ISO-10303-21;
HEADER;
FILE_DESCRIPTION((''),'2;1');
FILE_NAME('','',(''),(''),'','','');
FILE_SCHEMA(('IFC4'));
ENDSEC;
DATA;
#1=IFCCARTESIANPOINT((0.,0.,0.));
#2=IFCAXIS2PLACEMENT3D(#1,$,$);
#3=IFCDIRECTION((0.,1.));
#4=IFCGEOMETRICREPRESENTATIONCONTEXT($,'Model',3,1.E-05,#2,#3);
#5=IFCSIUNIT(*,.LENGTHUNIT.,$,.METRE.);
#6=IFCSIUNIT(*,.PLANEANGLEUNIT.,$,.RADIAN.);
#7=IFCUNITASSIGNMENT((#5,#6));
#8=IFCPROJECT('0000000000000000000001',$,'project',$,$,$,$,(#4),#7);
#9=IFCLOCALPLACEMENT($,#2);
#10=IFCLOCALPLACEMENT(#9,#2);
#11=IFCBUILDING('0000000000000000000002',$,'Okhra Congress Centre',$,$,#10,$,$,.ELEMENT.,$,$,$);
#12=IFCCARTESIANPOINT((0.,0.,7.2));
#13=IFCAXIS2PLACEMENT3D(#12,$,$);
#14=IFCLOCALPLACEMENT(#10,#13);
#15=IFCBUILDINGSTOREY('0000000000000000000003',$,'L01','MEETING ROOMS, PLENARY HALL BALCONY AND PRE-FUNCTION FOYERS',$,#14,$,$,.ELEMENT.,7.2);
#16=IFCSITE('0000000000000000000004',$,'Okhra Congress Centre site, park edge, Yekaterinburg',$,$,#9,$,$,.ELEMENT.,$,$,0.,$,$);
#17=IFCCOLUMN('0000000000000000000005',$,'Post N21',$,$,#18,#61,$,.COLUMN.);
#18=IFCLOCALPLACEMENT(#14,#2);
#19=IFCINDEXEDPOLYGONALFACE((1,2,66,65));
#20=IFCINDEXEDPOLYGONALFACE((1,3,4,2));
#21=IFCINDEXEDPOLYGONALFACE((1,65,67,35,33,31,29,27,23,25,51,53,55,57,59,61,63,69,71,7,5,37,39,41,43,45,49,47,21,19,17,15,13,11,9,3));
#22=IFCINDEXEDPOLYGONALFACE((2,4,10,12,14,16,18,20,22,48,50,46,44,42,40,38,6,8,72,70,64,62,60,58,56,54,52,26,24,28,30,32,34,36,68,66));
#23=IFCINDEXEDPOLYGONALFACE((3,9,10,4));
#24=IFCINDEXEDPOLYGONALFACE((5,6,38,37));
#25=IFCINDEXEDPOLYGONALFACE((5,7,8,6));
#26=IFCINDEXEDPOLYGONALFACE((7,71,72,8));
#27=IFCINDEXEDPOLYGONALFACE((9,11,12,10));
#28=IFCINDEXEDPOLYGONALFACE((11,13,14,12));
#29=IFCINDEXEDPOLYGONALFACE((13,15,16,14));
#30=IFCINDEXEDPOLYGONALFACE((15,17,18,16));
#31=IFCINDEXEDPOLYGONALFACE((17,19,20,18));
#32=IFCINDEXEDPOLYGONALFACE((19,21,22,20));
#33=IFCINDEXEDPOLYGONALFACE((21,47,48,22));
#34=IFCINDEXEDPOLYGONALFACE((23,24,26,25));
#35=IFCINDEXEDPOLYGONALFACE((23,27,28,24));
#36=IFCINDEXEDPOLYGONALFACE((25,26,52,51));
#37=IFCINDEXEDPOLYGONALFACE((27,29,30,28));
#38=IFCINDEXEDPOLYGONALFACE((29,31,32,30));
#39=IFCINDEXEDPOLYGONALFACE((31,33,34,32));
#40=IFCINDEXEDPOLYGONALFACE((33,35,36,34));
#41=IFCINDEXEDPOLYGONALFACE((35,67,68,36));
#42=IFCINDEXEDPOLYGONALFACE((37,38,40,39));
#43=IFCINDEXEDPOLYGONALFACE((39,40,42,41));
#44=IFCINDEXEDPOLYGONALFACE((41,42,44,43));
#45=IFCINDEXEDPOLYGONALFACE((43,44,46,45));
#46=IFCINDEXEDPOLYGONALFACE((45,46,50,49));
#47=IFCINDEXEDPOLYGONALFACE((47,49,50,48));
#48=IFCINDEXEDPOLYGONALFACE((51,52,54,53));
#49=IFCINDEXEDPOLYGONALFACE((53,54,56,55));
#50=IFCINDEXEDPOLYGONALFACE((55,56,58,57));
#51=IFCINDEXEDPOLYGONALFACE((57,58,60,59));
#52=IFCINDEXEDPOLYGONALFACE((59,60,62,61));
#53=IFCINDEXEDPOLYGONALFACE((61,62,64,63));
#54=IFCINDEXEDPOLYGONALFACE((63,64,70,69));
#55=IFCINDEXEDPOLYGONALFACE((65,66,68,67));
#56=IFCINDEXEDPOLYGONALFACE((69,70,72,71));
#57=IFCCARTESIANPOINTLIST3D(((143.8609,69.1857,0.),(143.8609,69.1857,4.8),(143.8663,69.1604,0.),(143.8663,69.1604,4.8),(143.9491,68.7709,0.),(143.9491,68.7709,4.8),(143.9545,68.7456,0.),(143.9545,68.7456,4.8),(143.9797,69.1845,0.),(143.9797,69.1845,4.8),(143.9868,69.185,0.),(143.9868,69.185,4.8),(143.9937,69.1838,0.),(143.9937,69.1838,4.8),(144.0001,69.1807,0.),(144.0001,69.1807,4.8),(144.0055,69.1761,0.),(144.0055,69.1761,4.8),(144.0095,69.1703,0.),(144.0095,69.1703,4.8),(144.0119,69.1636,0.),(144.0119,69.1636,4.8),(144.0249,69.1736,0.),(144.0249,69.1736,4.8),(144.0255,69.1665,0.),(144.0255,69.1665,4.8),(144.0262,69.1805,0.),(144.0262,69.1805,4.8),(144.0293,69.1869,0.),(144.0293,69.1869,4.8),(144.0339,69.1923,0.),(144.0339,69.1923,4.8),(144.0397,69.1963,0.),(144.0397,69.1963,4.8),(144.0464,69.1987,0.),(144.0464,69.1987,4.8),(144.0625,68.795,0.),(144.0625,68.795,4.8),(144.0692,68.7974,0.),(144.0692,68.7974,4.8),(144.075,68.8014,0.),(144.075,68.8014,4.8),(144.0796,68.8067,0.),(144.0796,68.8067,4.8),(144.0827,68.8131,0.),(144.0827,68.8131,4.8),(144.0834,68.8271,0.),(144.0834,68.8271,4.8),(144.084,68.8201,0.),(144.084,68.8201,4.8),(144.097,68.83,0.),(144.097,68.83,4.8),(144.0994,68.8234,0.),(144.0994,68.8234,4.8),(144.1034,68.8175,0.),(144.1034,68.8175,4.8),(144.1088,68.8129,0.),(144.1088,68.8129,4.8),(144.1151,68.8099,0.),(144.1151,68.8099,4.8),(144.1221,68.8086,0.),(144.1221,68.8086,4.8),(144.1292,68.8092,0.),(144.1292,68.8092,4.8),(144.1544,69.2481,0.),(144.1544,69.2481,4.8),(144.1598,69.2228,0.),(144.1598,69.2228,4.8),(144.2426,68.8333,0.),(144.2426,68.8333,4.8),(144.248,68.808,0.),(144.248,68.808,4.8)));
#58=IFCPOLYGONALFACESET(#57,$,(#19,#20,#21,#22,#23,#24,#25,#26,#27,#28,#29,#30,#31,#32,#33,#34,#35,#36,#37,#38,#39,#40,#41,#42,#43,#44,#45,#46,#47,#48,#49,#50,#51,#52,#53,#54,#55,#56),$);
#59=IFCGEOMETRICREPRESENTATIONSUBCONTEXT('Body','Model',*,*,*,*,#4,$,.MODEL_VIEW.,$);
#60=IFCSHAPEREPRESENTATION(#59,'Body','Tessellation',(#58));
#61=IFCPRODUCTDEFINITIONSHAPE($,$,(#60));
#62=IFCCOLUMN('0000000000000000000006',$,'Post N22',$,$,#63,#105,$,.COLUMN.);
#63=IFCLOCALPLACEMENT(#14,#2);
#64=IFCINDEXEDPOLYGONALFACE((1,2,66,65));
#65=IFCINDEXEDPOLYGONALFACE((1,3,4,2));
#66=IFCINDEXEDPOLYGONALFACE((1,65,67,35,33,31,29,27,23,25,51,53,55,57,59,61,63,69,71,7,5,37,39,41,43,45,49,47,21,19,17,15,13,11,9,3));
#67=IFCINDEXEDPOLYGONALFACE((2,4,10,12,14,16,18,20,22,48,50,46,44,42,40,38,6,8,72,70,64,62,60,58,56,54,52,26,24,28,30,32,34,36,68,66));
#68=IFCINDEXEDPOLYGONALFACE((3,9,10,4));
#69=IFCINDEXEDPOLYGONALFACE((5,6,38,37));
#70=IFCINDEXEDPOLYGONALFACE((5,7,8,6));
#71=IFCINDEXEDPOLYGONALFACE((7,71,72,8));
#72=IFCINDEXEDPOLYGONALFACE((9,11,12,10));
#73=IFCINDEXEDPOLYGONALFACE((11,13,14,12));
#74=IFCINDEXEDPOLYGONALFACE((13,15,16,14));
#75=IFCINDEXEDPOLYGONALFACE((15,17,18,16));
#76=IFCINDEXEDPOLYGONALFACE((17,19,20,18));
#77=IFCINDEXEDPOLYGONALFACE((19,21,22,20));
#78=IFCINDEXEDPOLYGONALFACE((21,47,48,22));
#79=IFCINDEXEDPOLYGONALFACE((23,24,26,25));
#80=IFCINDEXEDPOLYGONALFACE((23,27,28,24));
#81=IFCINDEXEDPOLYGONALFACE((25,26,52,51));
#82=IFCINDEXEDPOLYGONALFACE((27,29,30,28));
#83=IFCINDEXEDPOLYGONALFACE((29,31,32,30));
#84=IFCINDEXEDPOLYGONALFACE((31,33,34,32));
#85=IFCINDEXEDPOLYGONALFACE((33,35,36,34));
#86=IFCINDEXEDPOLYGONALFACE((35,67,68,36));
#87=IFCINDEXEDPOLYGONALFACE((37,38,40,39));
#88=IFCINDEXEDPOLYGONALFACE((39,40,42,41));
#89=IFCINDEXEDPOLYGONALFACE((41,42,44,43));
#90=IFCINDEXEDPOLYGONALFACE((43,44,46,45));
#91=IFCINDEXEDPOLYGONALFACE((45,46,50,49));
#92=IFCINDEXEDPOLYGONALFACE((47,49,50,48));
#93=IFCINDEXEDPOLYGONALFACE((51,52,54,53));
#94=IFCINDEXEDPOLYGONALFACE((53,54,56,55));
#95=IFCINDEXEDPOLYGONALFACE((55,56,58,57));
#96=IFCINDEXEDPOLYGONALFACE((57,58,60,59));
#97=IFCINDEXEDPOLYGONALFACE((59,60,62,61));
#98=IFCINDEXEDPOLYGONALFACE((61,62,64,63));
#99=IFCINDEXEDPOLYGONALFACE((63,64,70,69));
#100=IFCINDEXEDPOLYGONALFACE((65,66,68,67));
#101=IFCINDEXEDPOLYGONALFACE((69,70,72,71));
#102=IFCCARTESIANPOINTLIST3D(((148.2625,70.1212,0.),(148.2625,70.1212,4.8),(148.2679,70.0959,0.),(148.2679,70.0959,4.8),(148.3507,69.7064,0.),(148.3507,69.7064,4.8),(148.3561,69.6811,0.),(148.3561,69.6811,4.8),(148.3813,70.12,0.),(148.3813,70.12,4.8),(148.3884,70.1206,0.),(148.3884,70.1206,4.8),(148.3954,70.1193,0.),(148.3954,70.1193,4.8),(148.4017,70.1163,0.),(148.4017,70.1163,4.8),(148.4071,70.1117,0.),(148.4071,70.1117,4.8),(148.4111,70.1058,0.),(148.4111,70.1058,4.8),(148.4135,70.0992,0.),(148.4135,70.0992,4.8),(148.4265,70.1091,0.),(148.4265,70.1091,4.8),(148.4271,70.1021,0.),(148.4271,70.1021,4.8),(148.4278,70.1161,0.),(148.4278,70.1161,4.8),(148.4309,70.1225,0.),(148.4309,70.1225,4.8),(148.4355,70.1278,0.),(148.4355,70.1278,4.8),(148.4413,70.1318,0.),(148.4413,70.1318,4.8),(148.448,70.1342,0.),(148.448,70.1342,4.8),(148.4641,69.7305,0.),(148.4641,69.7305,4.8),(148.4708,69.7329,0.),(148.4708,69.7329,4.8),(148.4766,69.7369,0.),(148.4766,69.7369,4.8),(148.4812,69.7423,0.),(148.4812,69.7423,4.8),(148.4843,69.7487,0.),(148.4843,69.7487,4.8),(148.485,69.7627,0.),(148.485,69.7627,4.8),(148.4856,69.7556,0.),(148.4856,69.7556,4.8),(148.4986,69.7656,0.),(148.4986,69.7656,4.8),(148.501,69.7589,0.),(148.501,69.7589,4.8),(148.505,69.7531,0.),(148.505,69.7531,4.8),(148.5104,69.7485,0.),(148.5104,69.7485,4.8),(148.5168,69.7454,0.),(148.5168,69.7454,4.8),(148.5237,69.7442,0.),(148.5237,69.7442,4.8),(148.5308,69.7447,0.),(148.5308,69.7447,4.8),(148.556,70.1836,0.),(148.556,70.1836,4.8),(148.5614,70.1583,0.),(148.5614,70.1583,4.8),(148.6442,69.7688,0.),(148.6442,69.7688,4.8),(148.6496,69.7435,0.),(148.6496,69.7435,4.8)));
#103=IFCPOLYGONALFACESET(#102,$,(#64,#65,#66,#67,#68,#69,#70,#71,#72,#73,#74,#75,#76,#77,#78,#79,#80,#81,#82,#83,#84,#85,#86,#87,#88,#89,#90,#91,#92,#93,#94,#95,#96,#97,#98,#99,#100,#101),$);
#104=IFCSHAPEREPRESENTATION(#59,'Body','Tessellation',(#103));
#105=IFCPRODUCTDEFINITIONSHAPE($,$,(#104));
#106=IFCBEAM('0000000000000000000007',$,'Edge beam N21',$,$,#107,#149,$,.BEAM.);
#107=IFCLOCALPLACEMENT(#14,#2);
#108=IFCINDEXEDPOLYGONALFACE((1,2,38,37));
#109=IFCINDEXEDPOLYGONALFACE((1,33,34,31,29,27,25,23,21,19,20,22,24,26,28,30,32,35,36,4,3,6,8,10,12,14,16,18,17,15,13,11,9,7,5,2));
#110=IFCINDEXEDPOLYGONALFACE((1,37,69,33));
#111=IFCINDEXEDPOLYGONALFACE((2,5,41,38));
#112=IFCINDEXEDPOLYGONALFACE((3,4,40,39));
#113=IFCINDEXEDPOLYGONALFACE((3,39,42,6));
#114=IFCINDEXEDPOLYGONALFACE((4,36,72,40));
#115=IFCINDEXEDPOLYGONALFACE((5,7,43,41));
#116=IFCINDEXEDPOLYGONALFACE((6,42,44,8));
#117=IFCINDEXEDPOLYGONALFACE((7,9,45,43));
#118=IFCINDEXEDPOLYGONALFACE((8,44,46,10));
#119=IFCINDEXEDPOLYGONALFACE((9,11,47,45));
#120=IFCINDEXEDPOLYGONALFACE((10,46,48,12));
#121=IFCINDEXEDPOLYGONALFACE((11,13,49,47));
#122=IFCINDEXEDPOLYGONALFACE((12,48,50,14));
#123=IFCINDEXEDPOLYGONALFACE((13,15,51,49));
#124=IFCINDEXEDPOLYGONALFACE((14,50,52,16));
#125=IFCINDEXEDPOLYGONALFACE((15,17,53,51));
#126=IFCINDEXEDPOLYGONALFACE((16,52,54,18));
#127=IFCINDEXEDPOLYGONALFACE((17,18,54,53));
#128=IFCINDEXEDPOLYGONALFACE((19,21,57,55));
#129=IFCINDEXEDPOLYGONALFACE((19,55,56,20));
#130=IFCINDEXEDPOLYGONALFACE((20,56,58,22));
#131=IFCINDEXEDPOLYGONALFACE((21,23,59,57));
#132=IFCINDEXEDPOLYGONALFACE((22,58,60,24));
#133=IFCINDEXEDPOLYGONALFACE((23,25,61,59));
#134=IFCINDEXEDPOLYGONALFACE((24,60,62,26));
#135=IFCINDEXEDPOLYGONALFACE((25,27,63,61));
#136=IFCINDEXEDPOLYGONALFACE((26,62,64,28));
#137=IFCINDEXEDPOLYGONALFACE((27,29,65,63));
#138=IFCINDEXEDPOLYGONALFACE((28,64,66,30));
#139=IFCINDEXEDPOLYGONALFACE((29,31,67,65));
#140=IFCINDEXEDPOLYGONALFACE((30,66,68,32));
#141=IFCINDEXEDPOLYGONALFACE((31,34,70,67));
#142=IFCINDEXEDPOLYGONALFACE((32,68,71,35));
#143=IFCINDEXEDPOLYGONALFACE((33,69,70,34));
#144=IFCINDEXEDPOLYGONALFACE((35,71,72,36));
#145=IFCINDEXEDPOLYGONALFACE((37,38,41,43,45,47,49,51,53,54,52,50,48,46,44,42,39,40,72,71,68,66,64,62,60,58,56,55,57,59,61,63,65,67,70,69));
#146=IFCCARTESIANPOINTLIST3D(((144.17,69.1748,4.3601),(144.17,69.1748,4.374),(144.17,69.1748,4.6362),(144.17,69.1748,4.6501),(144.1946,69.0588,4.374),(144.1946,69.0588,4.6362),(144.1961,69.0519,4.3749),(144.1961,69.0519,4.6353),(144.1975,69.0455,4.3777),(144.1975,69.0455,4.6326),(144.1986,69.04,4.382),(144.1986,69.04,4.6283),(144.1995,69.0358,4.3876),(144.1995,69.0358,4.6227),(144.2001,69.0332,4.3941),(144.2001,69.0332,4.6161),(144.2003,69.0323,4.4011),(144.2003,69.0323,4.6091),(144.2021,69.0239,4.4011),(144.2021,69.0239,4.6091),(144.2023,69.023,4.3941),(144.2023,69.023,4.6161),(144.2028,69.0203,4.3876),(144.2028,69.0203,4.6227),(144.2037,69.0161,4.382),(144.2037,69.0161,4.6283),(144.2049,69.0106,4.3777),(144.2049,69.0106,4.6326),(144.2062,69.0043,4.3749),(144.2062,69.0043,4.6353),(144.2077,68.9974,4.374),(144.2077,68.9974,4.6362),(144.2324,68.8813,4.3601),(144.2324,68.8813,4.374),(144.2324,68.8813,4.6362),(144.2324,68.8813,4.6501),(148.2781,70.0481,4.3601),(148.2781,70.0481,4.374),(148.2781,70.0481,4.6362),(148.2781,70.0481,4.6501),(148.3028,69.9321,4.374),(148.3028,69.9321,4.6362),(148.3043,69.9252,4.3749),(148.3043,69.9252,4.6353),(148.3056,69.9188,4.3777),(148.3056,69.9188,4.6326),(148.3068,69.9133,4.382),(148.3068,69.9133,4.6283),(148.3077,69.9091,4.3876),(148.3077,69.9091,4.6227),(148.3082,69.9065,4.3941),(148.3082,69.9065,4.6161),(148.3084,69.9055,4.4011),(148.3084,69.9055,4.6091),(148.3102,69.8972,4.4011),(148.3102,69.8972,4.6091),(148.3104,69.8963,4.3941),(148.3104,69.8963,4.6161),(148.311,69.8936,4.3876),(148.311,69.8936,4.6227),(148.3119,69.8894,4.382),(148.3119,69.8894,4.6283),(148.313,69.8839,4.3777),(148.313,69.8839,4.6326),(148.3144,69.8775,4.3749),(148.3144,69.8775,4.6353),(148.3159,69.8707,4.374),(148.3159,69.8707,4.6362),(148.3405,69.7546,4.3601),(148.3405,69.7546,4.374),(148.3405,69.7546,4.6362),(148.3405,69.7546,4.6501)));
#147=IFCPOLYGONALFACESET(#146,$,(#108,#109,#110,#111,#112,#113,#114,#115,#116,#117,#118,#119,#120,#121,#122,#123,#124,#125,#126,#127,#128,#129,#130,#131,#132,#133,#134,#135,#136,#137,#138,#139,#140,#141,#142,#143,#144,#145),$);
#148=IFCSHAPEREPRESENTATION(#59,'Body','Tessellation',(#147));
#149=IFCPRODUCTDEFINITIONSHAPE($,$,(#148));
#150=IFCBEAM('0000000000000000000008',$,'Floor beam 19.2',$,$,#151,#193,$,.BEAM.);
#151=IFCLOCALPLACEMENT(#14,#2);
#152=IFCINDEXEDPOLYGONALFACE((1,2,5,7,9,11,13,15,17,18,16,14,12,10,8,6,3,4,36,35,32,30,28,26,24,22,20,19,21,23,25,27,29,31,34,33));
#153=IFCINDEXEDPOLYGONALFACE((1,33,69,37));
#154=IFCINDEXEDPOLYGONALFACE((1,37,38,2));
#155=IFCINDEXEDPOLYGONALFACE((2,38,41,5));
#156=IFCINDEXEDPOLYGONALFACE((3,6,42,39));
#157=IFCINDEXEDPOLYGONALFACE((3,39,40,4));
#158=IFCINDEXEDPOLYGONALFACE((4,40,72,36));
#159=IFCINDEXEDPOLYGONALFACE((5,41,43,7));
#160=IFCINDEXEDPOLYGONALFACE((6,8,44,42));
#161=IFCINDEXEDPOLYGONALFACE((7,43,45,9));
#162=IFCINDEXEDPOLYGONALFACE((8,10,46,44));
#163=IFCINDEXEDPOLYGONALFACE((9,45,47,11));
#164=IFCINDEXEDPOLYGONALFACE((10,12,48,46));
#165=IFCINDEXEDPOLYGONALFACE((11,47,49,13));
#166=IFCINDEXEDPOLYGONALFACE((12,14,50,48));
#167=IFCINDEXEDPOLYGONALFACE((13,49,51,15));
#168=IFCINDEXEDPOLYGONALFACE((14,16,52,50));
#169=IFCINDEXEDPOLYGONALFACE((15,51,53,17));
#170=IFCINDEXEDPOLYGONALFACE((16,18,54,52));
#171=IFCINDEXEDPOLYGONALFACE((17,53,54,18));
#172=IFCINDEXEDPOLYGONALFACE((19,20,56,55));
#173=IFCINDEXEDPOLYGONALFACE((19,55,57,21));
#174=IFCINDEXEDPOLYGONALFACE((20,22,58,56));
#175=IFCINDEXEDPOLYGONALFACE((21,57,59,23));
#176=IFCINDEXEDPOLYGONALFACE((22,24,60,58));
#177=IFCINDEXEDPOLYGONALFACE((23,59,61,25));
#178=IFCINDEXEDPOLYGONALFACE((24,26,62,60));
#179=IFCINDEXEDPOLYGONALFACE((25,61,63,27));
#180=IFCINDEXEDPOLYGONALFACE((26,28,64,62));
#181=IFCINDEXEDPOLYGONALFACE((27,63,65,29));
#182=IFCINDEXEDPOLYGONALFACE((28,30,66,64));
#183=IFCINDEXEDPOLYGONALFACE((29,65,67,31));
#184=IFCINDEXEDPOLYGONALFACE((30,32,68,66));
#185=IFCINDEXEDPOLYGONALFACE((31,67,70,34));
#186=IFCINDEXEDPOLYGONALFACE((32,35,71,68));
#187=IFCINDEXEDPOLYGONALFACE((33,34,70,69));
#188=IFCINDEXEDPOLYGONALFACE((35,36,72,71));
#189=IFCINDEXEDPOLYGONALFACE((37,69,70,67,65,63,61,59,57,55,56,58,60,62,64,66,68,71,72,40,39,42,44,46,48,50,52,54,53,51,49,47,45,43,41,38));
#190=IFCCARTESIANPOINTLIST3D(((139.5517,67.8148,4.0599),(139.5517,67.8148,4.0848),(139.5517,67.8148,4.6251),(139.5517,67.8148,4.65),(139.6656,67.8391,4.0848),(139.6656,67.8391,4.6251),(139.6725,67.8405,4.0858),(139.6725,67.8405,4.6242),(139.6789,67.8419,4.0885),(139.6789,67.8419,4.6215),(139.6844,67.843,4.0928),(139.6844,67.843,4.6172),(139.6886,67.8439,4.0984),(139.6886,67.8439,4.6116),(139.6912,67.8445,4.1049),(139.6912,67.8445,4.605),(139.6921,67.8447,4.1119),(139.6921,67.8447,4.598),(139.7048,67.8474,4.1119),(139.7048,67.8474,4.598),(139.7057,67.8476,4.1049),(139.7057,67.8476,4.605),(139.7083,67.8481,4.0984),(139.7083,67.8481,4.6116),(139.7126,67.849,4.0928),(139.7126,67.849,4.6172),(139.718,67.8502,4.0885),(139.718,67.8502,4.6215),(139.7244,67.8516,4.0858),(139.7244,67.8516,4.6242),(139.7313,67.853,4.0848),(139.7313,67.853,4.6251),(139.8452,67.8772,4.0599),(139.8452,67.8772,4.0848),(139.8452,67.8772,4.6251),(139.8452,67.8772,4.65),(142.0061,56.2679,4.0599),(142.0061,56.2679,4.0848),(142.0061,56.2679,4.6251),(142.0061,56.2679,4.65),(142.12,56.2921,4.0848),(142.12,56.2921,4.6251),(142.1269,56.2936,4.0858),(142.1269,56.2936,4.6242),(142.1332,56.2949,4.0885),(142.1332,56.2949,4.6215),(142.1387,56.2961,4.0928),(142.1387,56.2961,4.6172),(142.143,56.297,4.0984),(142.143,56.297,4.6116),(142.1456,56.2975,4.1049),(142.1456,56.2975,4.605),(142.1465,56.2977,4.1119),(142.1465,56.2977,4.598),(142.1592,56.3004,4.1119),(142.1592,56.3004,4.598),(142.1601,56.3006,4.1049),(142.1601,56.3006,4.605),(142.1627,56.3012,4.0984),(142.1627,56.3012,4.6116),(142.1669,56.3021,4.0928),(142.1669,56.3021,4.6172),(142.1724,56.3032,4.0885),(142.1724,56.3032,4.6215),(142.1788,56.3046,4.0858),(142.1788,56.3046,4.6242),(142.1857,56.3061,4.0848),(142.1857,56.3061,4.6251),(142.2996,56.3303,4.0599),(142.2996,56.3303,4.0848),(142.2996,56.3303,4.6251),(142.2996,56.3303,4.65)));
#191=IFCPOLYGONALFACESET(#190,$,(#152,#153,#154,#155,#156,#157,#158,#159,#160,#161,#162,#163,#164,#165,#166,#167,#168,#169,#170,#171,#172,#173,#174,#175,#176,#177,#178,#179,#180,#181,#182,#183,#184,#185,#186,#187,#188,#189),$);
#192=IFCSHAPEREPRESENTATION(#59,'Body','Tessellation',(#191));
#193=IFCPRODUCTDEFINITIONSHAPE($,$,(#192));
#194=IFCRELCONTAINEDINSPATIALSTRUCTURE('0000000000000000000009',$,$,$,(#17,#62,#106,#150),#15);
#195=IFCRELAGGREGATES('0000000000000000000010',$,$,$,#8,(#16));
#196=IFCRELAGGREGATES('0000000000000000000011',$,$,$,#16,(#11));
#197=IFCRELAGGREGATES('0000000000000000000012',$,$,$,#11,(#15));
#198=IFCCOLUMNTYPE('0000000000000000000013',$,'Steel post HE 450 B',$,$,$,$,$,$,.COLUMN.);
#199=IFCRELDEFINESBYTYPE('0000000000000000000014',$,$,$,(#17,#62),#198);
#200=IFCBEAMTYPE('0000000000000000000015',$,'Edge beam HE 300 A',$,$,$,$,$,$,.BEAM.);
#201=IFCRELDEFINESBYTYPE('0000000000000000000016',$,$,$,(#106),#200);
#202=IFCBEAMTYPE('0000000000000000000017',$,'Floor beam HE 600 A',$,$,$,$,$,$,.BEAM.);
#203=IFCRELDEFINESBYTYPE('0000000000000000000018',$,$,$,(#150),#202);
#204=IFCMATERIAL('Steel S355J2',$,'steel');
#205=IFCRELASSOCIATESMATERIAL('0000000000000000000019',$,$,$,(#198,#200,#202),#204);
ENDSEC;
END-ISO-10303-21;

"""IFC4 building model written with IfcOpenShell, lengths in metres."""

from ifc_helpers import new_model, si_unit, direction, frame, origin, origin_2d, place, context, subcontext, project, spatial, i_section, extrude, material, material_profile, profile_set, type_object, element, save


model = new_model("IFC4")

# Units and contexts
model_context = context("Model", 3, precision=1e-05, world=origin(), true_north=direction((0.0, 1.0)))
body_context = subcontext(model_context, "Body", "Model", "MODEL_VIEW")
ifc_project = project(units=[si_unit("LENGTHUNIT", "METRE"), si_unit("PLANEANGLEUNIT", "RADIAN")], contexts=[model_context])

# Site, building, storey
site_placement = place(None, origin())
site = spatial("IfcSite", under=ifc_project, at=site_placement, Name="Okhra Congress Centre site, park edge, Yekaterinburg", CompositionType="ELEMENT", RefElevation=0.0)
building_placement = place(site_placement, origin())
building = spatial("IfcBuilding", under=site, at=building_placement, Name="Okhra Congress Centre", CompositionType="ELEMENT")
storey_placement = place(building_placement, frame((0.0, 0.0, 7.2)))
storey = spatial("IfcBuildingStorey", under=building, at=storey_placement, Name="L01", Description="MEETING ROOMS, PLENARY HALL BALCONY AND PRE-FUNCTION FOYERS", CompositionType="ELEMENT", Elevation=7.2)

# Columns
ifc_material_1 = material(Name="Steel S355J2", Category="steel")
ifc_material_profile_1 = material_profile(ifc_material_1, i_section(OverallWidth=0.3, OverallDepth=0.45, WebThickness=0.0139, FlangeThickness=0.0259, FilletRadius=0.0271, at=origin_2d()), Name="HE 450 B")
ifc_profile_set_1 = profile_set([ifc_material_profile_1], Name="Steel S355J2")
column_type = type_object("IfcColumnType", Name="Steel post HE 450 B", PredefinedType="COLUMN", material=ifc_profile_set_1)
for number, where, z_axis, x_axis, name in (
    (1, (144.0544, 68.9968, 0.0), (0.0, 0.0, 1.0), (0.978148, 0.207912, 0.0), "Post N21"),
    (2, (148.4561, 69.9324, 0.0), (0.0, 0.0, 1.0), (0.978148, 0.207912, 0.0), "Post N22"),
):
    element("IfcColumn", number, at=place(storey_placement, frame(where, z_axis=z_axis, x_axis=x_axis)), inside=storey, type_object=column_type, Name=name, PredefinedType="COLUMN", context=body_context, shape_type="SweptSolid", body=[
        extrude(i_section(OverallWidth=0.3, OverallDepth=0.45, WebThickness=0.0139, FlangeThickness=0.0259, FilletRadius=0.0271, at=origin_2d()), origin(), (0.0, 0.0, 1.0), 4.8),
    ])

# Beams
ifc_material_profile_2 = material_profile(ifc_material_1, i_section(OverallWidth=0.3, OverallDepth=0.29, WebThickness=0.0085, FlangeThickness=0.0139, FilletRadius=0.0271, at=origin_2d()), Name="HE 300 A")
ifc_profile_set_2 = profile_set([ifc_material_profile_2], Name="Steel S355J2")
beam_type_1 = type_object("IfcBeamType", Name="Edge beam HE 300 A", PredefinedType="BEAM", material=ifc_profile_set_2)
beam_1_placement = place(storey_placement, frame((144.2012, 69.0281, 4.5051), z_axis=(0.978144, 0.207929, 0.0), x_axis=(-0.207929, 0.978144, 0.0)))
element("IfcBeam", 3, at=beam_1_placement, inside=storey, type_object=beam_type_1, Name="Edge beam N21", PredefinedType="BEAM", context=body_context, shape_type="SweptSolid", body=[
    extrude(i_section(OverallWidth=0.3, OverallDepth=0.29, WebThickness=0.0085, FlangeThickness=0.0139, FilletRadius=0.0271, at=origin_2d()), origin(), (0.0, 0.0, 1.0), 4.2),
])
ifc_material_profile_3 = material_profile(ifc_material_1, i_section(OverallWidth=0.3, OverallDepth=0.5901, WebThickness=0.0129, FlangeThickness=0.0249, FilletRadius=0.0271, at=origin_2d()), Name="HE 600 A")
ifc_profile_set_3 = profile_set([ifc_material_profile_3], Name="Steel S355J2")
beam_type_2 = type_object("IfcBeamType", Name="Floor beam HE 600 A", PredefinedType="BEAM", material=ifc_profile_set_3)
beam_2_placement = place(storey_placement, frame((142.1528, 56.2991, 4.355), z_axis=(-0.20791, 0.978148, 0.0), x_axis=(-0.978148, -0.20791, 0.0)))
element("IfcBeam", 4, at=beam_2_placement, inside=storey, type_object=beam_type_2, Name="Floor beam 19.2", PredefinedType="BEAM", context=body_context, shape_type="SweptSolid", body=[
    extrude(i_section(OverallWidth=0.3, OverallDepth=0.5901, WebThickness=0.0129, FlangeThickness=0.0249, FilletRadius=0.0271, at=origin_2d()), origin(), (0.0, 0.0, 1.0), 11.8049),
])

save(model, "model.ifc")
